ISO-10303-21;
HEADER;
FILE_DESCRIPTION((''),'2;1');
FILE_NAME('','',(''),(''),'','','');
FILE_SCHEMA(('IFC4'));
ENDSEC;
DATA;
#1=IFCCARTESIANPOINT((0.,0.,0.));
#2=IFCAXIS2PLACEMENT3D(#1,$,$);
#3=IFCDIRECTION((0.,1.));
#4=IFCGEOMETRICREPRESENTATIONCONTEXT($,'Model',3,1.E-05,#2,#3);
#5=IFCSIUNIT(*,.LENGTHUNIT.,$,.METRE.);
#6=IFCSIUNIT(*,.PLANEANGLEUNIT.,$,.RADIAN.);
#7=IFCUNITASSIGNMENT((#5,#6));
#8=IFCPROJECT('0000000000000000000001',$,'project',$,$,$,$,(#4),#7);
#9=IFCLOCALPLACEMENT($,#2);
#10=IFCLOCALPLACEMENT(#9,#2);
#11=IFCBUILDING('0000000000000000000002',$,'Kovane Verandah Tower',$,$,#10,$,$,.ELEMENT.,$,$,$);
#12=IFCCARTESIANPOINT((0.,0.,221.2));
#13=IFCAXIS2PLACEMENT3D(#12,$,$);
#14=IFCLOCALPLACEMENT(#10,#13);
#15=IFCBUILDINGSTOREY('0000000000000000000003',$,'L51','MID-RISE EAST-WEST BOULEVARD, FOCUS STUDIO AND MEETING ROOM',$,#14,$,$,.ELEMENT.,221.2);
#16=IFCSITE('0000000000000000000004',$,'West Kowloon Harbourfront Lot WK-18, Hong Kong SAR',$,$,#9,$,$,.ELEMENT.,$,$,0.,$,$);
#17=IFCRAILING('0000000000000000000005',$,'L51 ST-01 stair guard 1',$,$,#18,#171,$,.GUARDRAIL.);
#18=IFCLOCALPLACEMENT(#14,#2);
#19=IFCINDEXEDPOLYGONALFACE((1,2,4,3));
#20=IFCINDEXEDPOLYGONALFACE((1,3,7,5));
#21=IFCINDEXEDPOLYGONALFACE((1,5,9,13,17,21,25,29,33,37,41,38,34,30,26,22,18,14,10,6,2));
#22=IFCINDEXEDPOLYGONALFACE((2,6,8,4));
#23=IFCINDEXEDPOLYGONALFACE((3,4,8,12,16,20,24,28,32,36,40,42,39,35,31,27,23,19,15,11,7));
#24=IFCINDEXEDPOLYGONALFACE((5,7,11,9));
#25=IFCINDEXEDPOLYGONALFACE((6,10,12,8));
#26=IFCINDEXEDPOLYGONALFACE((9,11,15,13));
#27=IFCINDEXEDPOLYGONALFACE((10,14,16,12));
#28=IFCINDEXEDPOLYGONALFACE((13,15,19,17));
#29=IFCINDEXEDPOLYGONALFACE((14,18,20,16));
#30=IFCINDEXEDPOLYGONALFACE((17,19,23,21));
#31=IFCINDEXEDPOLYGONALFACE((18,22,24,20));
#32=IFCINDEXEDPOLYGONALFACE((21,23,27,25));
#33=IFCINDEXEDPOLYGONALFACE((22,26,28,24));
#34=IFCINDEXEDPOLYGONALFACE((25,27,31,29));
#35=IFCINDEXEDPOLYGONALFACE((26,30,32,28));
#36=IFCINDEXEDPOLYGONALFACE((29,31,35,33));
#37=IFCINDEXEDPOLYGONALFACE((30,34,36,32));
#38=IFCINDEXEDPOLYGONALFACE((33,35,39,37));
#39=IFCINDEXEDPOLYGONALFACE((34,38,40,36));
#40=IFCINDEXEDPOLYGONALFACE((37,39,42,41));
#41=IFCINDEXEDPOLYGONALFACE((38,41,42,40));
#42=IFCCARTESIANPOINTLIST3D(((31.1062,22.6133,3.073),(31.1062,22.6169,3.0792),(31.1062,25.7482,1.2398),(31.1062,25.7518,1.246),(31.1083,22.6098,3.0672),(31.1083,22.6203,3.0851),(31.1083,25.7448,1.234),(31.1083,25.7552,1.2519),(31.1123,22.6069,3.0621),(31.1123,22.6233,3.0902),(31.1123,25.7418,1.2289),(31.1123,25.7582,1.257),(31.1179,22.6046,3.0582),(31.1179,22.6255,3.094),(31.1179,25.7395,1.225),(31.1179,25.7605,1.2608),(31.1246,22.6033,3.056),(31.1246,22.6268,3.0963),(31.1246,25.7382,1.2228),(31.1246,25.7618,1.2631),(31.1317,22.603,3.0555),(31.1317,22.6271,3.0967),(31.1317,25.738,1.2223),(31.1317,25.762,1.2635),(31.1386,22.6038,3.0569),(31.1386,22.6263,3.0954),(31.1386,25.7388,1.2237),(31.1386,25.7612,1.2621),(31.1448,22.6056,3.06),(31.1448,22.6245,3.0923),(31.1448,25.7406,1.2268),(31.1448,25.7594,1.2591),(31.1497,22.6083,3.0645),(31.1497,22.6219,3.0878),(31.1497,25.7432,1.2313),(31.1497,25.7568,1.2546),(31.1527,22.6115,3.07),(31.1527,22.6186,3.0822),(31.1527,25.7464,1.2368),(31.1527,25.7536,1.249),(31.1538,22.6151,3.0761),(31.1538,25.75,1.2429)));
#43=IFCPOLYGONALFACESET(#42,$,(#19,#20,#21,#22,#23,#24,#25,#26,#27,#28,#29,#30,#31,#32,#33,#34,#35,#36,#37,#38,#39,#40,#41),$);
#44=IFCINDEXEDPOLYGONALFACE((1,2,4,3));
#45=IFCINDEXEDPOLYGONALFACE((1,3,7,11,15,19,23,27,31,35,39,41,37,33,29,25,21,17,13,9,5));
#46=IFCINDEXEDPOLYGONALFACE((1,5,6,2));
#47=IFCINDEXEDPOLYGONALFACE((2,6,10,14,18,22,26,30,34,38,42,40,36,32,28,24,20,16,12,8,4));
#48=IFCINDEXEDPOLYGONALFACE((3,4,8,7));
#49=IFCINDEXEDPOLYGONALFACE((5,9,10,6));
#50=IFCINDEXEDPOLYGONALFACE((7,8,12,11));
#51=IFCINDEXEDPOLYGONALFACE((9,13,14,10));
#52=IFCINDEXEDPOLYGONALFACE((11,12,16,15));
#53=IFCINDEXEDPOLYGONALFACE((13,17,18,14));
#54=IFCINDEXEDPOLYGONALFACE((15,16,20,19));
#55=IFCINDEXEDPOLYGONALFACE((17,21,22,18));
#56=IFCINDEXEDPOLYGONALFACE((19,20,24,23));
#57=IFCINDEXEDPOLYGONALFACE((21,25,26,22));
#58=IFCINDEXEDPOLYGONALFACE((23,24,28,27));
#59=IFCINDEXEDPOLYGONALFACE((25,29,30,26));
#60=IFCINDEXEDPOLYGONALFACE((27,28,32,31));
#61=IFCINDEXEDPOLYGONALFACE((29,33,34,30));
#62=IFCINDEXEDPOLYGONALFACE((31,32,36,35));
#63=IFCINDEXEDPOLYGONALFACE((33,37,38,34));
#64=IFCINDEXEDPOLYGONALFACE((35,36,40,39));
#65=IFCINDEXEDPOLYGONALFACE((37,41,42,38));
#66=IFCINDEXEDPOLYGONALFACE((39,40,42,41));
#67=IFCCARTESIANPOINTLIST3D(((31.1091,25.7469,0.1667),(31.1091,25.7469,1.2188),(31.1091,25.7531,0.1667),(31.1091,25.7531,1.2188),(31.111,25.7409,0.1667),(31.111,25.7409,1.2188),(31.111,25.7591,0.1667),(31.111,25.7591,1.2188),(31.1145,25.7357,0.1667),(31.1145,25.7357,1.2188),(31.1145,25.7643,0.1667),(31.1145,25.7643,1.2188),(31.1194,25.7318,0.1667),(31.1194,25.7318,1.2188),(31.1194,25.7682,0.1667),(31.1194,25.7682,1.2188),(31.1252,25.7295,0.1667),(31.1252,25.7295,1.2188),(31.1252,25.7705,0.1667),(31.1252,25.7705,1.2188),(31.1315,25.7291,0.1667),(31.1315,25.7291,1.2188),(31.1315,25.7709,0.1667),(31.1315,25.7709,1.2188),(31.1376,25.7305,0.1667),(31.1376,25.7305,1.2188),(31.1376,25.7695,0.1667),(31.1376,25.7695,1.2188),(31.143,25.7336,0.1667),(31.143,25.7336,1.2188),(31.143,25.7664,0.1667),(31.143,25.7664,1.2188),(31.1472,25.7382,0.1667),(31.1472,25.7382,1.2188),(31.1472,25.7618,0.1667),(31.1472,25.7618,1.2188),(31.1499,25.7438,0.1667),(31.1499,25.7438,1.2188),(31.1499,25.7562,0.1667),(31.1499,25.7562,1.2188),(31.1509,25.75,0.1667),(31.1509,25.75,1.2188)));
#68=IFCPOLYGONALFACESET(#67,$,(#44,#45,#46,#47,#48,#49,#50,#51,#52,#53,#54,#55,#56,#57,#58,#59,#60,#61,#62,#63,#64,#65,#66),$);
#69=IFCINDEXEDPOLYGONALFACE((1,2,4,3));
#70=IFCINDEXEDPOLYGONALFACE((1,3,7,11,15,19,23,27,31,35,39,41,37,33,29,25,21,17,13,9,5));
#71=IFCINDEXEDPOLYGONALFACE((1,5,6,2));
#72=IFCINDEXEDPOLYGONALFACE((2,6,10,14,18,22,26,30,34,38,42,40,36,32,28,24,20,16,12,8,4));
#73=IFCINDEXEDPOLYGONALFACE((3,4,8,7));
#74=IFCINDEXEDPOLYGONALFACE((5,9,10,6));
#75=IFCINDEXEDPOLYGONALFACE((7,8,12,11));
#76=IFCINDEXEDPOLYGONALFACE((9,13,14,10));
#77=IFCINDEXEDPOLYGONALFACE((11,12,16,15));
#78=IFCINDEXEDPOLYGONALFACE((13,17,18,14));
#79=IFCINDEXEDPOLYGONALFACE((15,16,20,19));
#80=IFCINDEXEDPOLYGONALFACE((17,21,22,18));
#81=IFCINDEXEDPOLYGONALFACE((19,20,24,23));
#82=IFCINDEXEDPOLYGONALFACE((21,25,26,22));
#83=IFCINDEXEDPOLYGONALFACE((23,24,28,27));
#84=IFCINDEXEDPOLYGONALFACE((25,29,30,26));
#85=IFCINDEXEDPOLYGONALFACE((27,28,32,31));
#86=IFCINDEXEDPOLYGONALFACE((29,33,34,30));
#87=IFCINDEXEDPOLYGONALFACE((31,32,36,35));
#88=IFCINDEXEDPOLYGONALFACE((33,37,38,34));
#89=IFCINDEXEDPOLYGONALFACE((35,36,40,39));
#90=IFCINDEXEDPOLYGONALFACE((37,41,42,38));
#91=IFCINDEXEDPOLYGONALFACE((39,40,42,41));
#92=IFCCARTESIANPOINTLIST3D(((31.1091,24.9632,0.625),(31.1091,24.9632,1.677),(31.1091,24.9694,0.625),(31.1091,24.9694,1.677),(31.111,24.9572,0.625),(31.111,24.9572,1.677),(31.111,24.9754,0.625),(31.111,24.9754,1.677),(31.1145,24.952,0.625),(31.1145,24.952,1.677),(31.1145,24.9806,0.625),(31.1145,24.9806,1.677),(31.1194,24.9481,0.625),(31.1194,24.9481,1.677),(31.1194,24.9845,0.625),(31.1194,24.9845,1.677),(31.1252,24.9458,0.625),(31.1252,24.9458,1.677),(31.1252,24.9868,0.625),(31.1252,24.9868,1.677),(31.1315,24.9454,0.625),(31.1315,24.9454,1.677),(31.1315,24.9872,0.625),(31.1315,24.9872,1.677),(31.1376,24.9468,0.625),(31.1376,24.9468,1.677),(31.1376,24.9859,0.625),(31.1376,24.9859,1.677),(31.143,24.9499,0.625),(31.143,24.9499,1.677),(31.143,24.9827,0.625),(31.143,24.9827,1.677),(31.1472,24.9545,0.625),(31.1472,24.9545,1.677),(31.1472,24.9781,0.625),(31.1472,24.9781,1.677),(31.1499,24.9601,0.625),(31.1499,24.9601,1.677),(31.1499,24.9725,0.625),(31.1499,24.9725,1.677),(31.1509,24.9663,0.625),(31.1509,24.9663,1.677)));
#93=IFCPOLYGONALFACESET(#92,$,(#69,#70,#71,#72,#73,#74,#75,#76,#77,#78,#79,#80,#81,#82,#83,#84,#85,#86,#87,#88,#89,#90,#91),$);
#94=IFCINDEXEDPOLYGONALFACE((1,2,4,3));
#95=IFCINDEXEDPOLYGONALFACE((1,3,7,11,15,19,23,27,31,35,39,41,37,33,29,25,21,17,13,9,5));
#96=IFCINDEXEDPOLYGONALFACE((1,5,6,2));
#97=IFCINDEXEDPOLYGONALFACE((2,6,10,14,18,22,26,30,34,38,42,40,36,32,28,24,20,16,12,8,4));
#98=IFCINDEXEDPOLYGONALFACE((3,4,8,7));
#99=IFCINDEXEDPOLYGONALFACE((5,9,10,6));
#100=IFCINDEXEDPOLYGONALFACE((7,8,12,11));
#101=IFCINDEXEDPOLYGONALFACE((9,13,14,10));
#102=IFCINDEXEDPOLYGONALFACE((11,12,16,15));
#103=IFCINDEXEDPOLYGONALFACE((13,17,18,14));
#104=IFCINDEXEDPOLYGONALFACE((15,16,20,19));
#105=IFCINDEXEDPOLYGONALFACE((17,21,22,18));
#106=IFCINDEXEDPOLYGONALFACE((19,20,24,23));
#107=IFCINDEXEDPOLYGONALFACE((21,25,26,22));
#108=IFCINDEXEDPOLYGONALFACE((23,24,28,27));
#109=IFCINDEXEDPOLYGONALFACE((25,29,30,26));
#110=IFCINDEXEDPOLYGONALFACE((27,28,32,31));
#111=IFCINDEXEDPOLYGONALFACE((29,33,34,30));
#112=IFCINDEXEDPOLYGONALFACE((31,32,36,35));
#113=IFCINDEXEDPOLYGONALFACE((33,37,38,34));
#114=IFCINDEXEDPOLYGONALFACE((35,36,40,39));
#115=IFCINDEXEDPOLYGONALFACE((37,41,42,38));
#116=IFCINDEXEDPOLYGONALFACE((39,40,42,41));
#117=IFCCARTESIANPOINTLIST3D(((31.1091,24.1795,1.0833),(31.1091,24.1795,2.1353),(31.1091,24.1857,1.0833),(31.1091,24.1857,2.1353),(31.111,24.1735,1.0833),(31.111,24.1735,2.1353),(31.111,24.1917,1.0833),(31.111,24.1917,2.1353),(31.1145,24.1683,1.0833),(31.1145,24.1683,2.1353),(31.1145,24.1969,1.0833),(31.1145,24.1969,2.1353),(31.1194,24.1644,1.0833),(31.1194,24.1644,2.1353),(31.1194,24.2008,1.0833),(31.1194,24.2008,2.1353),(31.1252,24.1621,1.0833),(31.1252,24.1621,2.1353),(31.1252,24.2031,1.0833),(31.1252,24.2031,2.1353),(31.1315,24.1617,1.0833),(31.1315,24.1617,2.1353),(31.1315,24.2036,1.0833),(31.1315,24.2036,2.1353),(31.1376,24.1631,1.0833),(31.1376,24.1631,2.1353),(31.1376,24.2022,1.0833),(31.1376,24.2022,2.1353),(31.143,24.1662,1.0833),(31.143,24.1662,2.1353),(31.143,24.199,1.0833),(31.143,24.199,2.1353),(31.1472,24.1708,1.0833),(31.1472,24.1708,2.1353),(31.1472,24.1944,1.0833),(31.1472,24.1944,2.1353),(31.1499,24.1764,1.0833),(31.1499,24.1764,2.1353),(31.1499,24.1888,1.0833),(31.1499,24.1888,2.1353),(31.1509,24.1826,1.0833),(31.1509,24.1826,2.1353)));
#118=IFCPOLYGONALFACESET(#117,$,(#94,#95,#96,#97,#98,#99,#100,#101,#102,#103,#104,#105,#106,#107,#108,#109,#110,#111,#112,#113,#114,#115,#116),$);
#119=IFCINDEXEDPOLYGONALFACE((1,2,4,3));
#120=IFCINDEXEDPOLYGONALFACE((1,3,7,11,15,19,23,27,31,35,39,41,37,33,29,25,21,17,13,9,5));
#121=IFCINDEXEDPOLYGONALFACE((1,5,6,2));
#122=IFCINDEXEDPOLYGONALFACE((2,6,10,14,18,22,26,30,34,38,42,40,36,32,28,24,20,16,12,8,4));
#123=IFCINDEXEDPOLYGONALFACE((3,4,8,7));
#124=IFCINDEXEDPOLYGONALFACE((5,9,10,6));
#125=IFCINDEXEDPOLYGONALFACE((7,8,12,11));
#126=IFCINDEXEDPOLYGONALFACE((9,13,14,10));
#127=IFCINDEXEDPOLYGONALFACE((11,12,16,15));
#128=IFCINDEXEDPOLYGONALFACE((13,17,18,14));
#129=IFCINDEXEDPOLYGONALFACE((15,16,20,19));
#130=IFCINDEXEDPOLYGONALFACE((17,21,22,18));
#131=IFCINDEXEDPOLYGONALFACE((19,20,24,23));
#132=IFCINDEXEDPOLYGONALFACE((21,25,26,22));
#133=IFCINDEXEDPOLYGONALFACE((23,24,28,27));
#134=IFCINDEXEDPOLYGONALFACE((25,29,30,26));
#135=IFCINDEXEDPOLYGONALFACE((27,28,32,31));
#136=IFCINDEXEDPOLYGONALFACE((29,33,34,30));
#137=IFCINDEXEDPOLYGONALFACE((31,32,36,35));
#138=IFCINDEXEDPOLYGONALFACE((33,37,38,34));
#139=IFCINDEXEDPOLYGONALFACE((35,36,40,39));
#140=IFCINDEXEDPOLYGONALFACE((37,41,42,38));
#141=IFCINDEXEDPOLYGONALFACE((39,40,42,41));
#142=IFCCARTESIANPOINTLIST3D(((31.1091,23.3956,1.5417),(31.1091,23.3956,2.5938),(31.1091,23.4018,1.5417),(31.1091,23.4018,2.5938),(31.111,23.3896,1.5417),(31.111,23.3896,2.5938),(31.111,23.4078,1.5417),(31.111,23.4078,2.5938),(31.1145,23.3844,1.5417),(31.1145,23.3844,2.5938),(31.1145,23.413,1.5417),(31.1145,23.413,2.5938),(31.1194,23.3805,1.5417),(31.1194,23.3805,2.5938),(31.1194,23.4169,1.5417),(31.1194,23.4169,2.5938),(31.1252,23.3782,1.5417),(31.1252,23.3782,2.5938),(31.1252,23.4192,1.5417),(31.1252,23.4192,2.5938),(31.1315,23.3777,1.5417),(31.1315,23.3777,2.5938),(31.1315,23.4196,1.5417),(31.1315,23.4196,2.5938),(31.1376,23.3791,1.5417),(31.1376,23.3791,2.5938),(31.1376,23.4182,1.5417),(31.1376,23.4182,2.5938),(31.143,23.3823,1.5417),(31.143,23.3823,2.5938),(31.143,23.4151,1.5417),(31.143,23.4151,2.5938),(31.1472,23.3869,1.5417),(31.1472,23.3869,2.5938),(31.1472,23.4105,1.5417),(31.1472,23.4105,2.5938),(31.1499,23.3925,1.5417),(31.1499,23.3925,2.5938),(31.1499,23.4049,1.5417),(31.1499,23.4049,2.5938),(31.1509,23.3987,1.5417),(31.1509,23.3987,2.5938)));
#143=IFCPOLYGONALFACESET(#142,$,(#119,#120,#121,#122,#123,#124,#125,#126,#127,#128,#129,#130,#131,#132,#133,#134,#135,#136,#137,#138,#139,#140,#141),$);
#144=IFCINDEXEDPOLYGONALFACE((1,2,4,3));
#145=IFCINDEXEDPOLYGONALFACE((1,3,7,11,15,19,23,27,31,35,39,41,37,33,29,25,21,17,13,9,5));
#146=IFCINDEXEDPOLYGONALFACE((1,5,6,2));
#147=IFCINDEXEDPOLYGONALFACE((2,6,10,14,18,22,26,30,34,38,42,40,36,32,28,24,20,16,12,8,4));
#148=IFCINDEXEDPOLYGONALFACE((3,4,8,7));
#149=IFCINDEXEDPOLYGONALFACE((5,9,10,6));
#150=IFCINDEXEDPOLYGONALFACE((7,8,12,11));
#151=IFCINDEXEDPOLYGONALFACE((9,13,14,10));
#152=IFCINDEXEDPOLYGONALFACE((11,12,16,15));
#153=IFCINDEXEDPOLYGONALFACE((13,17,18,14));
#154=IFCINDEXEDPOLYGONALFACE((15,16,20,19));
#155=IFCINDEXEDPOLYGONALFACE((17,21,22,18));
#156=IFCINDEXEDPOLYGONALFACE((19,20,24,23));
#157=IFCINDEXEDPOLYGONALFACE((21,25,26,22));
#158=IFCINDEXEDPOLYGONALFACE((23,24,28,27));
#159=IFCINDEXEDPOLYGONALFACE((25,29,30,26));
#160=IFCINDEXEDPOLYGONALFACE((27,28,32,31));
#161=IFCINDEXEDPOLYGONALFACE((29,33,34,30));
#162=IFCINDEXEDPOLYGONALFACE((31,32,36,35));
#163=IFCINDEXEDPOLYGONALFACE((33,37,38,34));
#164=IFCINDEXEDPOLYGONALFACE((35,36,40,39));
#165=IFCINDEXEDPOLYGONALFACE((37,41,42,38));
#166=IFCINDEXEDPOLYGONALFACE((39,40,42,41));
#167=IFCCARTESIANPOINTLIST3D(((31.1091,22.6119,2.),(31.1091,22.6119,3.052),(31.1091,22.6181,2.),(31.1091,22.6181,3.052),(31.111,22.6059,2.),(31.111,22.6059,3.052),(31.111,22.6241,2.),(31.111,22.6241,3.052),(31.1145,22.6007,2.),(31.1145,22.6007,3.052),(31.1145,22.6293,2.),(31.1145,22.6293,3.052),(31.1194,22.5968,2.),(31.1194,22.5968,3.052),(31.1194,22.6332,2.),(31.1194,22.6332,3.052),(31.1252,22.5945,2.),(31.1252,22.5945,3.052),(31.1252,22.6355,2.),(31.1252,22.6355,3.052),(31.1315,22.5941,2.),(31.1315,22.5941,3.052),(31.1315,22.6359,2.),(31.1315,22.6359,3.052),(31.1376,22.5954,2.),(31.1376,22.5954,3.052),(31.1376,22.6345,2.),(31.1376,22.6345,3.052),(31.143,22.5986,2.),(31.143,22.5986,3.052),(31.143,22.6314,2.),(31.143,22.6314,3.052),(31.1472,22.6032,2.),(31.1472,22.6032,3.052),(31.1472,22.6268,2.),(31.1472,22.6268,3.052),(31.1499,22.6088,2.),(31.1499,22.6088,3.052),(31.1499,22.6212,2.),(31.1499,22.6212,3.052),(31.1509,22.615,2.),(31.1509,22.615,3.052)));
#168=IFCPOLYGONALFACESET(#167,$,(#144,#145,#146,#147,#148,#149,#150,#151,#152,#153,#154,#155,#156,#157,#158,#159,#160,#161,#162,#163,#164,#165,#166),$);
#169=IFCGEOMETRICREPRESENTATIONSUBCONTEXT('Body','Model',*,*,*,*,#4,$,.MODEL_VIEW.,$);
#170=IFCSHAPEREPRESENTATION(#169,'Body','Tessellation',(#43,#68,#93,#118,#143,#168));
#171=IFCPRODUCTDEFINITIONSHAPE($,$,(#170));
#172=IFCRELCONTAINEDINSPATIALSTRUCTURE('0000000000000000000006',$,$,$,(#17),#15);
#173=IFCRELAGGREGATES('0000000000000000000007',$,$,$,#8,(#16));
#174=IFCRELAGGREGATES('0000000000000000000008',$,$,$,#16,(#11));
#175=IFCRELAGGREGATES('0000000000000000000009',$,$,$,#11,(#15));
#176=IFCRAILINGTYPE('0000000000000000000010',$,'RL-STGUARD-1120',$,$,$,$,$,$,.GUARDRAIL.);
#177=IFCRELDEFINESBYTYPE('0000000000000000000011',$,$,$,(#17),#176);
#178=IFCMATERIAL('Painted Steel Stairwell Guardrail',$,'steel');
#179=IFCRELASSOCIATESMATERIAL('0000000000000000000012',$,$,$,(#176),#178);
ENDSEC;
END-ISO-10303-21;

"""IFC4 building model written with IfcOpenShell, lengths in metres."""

from ifc_helpers import new_model, si_unit, direction, frame, origin, origin_2d, place, context, subcontext, project, spatial, circle, extrude, material, type_object, element, save


model = new_model("IFC4")

# Units and contexts
model_context = context("Model", 3, precision=1e-05, world=origin(), true_north=direction((0.0, 1.0)))
body_context = subcontext(model_context, "Body", "Model", "MODEL_VIEW")
ifc_project = project(units=[si_unit("LENGTHUNIT", "METRE"), si_unit("PLANEANGLEUNIT", "RADIAN")], contexts=[model_context])

# Site, building, storey
site_placement = place(None, origin())
site = spatial("IfcSite", under=ifc_project, at=site_placement, Name="West Kowloon Harbourfront Lot WK-18, Hong Kong SAR", CompositionType="ELEMENT", RefElevation=0.0)
building_placement = place(site_placement, origin())
building = spatial("IfcBuilding", under=site, at=building_placement, Name="Kovane Verandah Tower", CompositionType="ELEMENT")
storey_placement = place(building_placement, frame((0.0, 0.0, 221.2)))
storey = spatial("IfcBuildingStorey", under=building, at=storey_placement, Name="L51", Description="MID-RISE EAST-WEST BOULEVARD, FOCUS STUDIO AND MEETING ROOM", CompositionType="ELEMENT", Elevation=221.2)

# Railing
ifc_material_1 = material(Name="Painted Steel Stairwell Guardrail", Category="steel")
railing_type_1 = type_object("IfcRailingType", Name="RL-STGUARD-1120", PredefinedType="GUARDRAIL", material=ifc_material_1)
railing_1_placement = place(storey_placement, frame((31.1299, 25.75, 0.1667)))
element("IfcRailing", 1, at=railing_1_placement, inside=storey, type_object=railing_type_1, Name="L51 ST-01 stair guard 1", PredefinedType="GUARDRAIL", context=body_context, shape_type="SweptSolid", body=[
    extrude(circle(Radius=0.0239, at=origin_2d()), frame((0.0, 0.0, 1.0762), z_axis=(0.0, -0.86324, 0.504794), x_axis=(1.0, 0.0, 0.0)), (0.0, 0.0, 1.0), 3.6316),
    extrude(circle(Radius=0.021, at=origin_2d()), origin(), (0.0, 0.0, 1.0), 1.052),
    extrude(circle(Radius=0.021, at=origin_2d()), frame((0.0, -0.7837, 0.4583)), (0.0, 0.0, 1.0), 1.052),
    extrude(circle(Radius=0.021, at=origin_2d()), frame((0.0, -1.5674, 0.9165)), (0.0, 0.0, 1.0), 1.052),
    extrude(circle(Radius=0.021, at=origin_2d()), frame((0.0, -2.3513, 1.375)), (0.0, 0.0, 1.0), 1.052),
    extrude(circle(Radius=0.021, at=origin_2d()), frame((0.0, -3.135, 1.8333)), (0.0, 0.0, 1.0), 1.052),
])

save(model, "model.ifc")
